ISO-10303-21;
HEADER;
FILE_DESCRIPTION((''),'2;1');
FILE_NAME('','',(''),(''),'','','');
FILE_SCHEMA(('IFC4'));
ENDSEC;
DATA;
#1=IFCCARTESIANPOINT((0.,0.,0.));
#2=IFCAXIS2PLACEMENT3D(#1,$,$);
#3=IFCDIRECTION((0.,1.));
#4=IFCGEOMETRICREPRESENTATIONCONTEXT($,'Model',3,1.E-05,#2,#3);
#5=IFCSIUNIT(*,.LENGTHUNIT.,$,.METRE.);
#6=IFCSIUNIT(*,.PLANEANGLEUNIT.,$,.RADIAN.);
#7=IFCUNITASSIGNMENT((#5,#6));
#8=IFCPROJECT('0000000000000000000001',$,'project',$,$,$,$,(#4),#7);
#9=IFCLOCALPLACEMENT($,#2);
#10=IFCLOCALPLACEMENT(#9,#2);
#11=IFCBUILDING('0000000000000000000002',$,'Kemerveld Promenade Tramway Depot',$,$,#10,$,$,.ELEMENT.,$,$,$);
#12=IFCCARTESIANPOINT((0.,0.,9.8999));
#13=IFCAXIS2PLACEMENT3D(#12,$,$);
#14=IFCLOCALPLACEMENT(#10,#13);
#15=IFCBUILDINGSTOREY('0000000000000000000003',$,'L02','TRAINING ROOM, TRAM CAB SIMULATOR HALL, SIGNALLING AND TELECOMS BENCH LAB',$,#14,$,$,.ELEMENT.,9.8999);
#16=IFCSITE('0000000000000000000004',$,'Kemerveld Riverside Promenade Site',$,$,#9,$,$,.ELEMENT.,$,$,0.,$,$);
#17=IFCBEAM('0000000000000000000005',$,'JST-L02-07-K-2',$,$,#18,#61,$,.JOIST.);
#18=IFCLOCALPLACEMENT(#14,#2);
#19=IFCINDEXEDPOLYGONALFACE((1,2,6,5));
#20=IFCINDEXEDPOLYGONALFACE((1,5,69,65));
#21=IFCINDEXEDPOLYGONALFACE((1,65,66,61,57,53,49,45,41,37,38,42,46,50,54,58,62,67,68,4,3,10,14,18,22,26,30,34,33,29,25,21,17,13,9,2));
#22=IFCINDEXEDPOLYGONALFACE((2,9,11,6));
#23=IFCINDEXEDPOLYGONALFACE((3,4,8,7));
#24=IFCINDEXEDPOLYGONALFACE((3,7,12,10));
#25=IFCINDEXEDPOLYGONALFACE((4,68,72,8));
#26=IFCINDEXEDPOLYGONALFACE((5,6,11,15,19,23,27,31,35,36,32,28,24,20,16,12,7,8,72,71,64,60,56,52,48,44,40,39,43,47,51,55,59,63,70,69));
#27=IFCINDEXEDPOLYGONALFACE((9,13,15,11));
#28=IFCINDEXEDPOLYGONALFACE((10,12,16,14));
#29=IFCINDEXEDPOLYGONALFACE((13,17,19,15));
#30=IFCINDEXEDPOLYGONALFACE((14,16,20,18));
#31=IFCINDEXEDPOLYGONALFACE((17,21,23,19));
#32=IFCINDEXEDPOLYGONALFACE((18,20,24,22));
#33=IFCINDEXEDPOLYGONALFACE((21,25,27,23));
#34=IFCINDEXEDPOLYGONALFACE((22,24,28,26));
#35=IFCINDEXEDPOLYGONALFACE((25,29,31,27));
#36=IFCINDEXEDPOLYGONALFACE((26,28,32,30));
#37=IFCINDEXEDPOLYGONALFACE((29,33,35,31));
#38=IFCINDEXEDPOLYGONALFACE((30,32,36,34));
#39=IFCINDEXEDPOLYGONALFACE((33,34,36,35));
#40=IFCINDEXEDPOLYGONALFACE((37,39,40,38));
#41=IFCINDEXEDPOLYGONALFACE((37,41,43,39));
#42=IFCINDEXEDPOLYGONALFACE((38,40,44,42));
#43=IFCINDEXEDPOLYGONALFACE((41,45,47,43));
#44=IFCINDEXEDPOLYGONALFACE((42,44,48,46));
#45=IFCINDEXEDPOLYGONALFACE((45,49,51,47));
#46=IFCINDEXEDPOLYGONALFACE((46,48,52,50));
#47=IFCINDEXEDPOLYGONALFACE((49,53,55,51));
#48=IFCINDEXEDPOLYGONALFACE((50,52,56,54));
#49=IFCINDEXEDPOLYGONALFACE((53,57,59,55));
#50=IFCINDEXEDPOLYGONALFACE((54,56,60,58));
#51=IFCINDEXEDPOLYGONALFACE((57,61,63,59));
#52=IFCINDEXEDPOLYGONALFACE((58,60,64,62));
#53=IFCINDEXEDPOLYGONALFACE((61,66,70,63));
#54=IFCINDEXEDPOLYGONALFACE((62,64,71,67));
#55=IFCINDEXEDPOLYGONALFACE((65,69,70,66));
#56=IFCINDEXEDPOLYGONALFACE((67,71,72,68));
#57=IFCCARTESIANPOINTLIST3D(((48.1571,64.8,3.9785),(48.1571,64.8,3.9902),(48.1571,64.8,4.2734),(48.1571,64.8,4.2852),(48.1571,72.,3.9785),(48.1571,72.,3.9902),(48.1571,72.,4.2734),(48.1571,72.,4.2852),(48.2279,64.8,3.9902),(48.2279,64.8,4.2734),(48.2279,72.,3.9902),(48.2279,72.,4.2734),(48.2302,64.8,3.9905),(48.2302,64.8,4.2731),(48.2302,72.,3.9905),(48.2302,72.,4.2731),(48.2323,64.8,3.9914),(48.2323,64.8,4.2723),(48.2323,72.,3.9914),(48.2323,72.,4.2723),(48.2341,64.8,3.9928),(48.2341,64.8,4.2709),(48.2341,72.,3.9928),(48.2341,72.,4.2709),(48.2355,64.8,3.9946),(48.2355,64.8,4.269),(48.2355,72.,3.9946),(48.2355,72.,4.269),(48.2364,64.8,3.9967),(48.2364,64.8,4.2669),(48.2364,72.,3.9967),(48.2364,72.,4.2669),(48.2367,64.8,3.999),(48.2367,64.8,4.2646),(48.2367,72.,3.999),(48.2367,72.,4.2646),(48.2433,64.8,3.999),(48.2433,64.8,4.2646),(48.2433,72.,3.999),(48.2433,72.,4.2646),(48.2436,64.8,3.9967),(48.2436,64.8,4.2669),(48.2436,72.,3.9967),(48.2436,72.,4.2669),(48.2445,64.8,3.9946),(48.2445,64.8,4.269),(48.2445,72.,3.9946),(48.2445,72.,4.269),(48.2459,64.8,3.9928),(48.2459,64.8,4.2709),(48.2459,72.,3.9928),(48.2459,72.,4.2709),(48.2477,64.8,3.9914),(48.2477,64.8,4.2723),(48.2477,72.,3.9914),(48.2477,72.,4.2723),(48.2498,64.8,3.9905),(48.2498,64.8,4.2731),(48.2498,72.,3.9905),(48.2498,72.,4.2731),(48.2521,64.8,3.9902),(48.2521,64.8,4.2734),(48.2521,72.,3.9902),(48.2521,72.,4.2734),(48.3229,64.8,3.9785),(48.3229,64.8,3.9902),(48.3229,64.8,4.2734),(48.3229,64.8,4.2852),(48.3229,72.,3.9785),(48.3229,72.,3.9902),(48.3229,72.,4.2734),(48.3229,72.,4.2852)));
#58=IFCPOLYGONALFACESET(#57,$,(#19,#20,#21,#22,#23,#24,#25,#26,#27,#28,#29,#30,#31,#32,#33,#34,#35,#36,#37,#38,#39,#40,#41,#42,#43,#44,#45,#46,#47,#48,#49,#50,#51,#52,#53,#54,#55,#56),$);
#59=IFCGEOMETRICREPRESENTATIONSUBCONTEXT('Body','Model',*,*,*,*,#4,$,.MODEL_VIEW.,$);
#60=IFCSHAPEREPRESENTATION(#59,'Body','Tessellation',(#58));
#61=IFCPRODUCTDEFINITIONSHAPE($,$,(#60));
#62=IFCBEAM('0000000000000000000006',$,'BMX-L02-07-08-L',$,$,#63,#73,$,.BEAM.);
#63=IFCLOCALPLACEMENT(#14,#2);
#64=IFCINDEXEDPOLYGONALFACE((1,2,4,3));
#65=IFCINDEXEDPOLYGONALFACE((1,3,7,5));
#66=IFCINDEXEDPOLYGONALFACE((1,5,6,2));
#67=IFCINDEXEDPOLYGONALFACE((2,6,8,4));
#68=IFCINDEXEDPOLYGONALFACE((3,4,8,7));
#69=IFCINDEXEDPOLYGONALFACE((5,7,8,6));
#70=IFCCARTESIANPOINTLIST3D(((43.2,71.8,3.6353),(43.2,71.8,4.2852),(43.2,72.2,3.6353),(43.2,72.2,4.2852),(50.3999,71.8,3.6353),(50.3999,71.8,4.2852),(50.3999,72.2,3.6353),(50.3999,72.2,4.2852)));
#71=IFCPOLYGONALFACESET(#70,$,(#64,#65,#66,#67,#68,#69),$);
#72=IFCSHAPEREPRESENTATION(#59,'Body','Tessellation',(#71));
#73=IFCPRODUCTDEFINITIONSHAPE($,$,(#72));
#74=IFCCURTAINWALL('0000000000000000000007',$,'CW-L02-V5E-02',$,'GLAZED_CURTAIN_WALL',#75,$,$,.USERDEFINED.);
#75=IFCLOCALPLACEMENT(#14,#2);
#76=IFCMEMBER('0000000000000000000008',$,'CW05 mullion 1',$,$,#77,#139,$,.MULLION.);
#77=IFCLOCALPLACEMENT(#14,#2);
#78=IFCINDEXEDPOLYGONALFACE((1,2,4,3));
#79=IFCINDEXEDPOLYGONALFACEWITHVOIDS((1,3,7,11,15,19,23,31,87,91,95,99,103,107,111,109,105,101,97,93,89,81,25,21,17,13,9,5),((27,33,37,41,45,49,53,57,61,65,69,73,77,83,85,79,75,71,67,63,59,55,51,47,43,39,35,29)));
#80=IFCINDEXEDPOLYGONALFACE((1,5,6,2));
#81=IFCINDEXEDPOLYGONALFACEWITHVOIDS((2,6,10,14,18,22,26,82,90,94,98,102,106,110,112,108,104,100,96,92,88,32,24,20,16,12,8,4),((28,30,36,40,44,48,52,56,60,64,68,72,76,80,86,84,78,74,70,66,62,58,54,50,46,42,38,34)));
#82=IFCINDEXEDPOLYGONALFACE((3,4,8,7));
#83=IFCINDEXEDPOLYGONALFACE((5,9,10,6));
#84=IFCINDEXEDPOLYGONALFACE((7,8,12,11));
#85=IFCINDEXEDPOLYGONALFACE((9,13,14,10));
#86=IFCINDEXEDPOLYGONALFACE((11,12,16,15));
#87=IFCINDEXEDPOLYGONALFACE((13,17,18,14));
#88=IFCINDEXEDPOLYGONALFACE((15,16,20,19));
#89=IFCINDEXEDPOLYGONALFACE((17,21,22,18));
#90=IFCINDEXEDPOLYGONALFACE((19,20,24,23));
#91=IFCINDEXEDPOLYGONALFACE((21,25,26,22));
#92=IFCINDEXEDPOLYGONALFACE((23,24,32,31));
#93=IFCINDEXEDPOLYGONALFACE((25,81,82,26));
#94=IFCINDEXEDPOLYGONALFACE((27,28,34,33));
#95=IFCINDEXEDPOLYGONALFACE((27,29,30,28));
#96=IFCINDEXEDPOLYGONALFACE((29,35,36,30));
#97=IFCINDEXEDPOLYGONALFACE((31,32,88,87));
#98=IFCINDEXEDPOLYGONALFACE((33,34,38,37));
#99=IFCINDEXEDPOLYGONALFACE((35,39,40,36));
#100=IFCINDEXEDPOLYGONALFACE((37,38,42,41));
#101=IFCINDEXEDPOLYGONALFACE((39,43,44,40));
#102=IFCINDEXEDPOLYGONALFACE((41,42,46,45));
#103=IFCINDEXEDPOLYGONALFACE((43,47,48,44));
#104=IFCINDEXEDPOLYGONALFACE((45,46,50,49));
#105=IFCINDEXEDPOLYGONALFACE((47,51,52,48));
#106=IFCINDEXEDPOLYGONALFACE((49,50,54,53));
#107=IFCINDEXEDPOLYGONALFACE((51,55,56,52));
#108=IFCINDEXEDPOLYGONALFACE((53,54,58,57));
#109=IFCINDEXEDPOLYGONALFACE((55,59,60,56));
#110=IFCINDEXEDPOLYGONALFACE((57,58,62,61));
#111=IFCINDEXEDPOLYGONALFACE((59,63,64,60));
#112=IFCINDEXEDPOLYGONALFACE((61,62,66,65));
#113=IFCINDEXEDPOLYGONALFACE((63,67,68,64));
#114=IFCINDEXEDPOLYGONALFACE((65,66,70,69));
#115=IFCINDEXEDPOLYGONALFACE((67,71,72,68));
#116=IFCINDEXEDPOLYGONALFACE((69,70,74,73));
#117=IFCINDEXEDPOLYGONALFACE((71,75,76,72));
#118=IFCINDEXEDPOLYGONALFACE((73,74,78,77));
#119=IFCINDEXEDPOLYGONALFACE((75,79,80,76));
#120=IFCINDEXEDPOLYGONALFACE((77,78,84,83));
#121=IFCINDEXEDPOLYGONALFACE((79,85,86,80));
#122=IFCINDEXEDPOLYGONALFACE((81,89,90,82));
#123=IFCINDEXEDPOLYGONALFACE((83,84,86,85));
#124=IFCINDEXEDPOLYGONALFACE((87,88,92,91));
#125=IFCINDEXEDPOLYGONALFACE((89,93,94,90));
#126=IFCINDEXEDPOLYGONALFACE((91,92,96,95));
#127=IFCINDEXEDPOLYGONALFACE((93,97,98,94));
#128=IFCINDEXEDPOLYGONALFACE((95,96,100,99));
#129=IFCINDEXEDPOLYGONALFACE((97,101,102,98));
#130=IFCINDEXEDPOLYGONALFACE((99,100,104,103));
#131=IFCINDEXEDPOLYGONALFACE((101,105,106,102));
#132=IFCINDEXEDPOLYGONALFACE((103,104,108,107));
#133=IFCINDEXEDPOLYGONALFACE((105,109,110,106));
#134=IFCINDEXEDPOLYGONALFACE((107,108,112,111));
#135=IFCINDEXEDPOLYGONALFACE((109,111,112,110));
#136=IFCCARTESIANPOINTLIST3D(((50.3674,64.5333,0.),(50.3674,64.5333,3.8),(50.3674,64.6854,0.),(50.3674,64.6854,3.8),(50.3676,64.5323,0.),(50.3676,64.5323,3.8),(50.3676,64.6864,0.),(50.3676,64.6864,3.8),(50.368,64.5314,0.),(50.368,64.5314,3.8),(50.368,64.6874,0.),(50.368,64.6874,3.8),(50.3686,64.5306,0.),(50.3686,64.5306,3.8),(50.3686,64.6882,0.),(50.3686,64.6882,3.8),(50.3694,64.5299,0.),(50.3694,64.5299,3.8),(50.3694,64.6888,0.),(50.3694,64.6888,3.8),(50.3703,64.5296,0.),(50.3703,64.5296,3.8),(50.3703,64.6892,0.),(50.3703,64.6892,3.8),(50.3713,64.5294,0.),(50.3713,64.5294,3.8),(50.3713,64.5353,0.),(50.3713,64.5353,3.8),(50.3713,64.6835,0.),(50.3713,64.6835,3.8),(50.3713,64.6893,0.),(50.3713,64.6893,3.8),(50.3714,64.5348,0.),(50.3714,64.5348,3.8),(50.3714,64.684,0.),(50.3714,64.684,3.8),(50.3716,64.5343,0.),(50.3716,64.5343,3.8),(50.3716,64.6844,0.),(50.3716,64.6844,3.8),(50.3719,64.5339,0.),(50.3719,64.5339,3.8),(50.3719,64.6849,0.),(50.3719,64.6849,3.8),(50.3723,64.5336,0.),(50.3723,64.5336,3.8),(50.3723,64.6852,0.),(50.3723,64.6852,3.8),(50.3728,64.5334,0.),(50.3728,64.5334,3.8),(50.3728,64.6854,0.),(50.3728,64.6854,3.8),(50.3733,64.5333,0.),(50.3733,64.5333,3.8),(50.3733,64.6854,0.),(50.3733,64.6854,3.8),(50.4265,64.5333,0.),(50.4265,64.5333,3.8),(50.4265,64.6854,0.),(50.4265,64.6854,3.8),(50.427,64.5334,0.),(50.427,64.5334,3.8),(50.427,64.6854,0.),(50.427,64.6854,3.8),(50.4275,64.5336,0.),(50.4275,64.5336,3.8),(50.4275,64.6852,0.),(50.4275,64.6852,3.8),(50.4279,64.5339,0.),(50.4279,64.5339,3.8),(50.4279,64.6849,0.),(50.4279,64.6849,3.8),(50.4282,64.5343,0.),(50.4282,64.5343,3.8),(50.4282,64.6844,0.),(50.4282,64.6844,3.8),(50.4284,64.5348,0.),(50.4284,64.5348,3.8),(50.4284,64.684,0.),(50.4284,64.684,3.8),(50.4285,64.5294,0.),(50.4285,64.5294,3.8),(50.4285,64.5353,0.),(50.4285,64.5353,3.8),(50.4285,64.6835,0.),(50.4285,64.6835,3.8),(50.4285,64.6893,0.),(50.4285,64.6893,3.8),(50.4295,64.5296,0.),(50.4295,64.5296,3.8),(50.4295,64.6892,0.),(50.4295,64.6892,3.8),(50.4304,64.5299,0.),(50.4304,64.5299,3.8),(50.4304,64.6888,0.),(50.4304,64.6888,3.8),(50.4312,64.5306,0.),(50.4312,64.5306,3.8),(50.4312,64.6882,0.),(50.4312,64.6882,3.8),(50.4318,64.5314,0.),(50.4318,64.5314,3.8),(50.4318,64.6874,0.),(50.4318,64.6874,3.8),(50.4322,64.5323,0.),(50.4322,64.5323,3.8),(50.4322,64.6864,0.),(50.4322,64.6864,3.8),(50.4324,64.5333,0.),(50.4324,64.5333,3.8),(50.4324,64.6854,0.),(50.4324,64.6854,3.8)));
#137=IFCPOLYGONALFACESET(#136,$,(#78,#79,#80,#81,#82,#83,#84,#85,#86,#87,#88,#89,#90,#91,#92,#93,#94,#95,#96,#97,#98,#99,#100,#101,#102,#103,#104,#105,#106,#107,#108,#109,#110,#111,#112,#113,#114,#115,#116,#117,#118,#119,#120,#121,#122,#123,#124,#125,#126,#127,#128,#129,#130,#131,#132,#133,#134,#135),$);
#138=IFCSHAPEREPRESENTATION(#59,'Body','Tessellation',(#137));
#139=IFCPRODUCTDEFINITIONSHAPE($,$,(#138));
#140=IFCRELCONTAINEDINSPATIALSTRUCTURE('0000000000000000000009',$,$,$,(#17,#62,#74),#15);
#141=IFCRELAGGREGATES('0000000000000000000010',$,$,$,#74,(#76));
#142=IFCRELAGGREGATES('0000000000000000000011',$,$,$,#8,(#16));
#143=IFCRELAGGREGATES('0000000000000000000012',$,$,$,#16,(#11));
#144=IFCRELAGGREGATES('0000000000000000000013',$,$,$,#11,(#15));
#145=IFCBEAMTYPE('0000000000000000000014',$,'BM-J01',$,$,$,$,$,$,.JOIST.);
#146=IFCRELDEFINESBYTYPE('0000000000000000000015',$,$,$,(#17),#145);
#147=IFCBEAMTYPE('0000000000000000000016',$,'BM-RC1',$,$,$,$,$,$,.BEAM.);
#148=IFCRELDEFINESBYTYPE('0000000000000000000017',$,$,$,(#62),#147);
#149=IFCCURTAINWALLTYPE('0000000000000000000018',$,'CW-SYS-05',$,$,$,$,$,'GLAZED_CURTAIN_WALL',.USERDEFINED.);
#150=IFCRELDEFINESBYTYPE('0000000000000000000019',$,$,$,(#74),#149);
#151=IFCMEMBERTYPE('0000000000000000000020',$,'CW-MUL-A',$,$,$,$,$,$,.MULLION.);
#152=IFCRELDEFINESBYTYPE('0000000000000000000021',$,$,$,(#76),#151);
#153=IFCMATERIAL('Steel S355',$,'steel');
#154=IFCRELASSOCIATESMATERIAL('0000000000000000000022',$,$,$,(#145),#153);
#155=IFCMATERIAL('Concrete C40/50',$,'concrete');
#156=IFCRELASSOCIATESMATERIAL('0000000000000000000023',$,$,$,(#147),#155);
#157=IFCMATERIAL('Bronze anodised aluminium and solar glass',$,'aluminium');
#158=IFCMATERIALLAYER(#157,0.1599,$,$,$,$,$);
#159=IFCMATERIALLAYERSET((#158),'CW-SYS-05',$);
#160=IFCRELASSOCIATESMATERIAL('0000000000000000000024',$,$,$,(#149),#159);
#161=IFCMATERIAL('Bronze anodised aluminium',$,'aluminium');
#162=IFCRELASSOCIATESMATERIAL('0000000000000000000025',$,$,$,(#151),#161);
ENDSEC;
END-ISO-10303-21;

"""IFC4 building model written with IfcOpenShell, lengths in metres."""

from ifc_helpers import new_model, si_unit, direction, frame, origin, origin_2d, place, context, subcontext, project, spatial, rectangle, hollow_rectangle, i_section, extrude, material, layer, layer_set, material_profile, profile_set, type_object, element, aggregate, save


model = new_model("IFC4")

# Units and contexts
model_context = context("Model", 3, precision=1e-05, world=origin(), true_north=direction((0.0, 1.0)))
body_context = subcontext(model_context, "Body", "Model", "MODEL_VIEW")
ifc_project = project(units=[si_unit("LENGTHUNIT", "METRE"), si_unit("PLANEANGLEUNIT", "RADIAN")], contexts=[model_context])

# Site, building, storey
site_placement = place(None, origin())
site = spatial("IfcSite", under=ifc_project, at=site_placement, Name="Kemerveld Riverside Promenade Site", CompositionType="ELEMENT", RefElevation=0.0)
building_placement = place(site_placement, origin())
building = spatial("IfcBuilding", under=site, at=building_placement, Name="Kemerveld Promenade Tramway Depot", CompositionType="ELEMENT")
storey_placement = place(building_placement, frame((0.0, 0.0, 9.8999)))
storey = spatial("IfcBuildingStorey", under=building, at=storey_placement, Name="L02", Description="TRAINING ROOM, TRAM CAB SIMULATOR HALL, SIGNALLING AND TELECOMS BENCH LAB", CompositionType="ELEMENT", Elevation=9.8999)

# Shared definitions
ifc_material_1 = material(Name="Steel S355", Category="steel")

# Beams
ifc_material_profile_1 = material_profile(ifc_material_1, i_section(OverallWidth=0.1658, OverallDepth=0.3066, WebThickness=0.0066, FlangeThickness=0.0117, FilletRadius=0.0088, at=origin_2d()), Name="305x165x46 UB")
ifc_profile_set_1 = profile_set([ifc_material_profile_1], Name="Steel S355")
beam_type_1 = type_object("IfcBeamType", Name="BM-J01", PredefinedType="JOIST", material=ifc_profile_set_1)
for number, where, z_axis, x_axis, name in (
    (1, (48.24, 64.8, 4.1318), (0.0, 1.0, 0.0), (-1.0, 0.0, 0.0), "JST-L02-07-K-2"),
):
    element("IfcBeam", number, at=place(storey_placement, frame(where, z_axis=z_axis, x_axis=x_axis)), inside=storey, type_object=beam_type_1, Name=name, PredefinedType="JOIST", context=body_context, shape_type="SweptSolid", body=[
        extrude(i_section(OverallWidth=0.1658, OverallDepth=0.3066, WebThickness=0.0066, FlangeThickness=0.0117, FilletRadius=0.0088, at=origin_2d()), origin(), (0.0, 0.0, 1.0), 7.2),
    ])
ifc_material_2 = material(Name="Concrete C40/50", Category="concrete")
ifc_material_profile_2 = material_profile(ifc_material_2, rectangle(XDim=0.3999, YDim=0.6499, at=origin_2d()), Name="RC-BM-400x650")
ifc_profile_set_2 = profile_set([ifc_material_profile_2], Name="Concrete C40/50")
beam_type_2 = type_object("IfcBeamType", Name="BM-RC1", PredefinedType="BEAM", material=ifc_profile_set_2)
beam_1_placement = place(storey_placement, frame((43.2, 72.0, 3.9602), z_axis=(1.0, 0.0, 0.0), x_axis=(0.0, 1.0, 0.0)))
element("IfcBeam", 2, at=beam_1_placement, inside=storey, type_object=beam_type_2, Name="BMX-L02-07-08-L", PredefinedType="BEAM", context=body_context, shape_type="SweptSolid", body=[
    extrude(rectangle(XDim=0.3999, YDim=0.6499, at=origin_2d()), origin(), (0.0, 0.0, 1.0), 7.2),
])

# Curtain wall, member
ifc_material_3 = material(Name="Bronze anodised aluminium and solar glass", Category="aluminium")
ifc_layer_1 = layer(ifc_material_3, 0.1599)
ifc_layer_set_1 = layer_set([ifc_layer_1], Name="CW-SYS-05")
curtain_wall_type = type_object("IfcCurtainWallType", Name="CW-SYS-05", ElementType="GLAZED_CURTAIN_WALL", PredefinedType="USERDEFINED", material=ifc_layer_set_1)
curtain_wall_placement = place(storey_placement, origin())
curtain_wall = element("IfcCurtainWall", 3, at=curtain_wall_placement, inside=storey, type_object=curtain_wall_type, Name="CW-L02-V5E-02", ObjectType="GLAZED_CURTAIN_WALL", PredefinedType="USERDEFINED")
ifc_material_4 = material(Name="Bronze anodised aluminium", Category="aluminium")
ifc_material_profile_3 = material_profile(ifc_material_4, hollow_rectangle(XDim=0.0649, YDim=0.1599, WallThickness=0.0039, InnerFilletRadius=0.002, OuterFilletRadius=0.0039, at=origin_2d()), Name="CW-MUL-160x65")
ifc_profile_set_3 = profile_set([ifc_material_profile_3], Name="Bronze anodised aluminium")
member_type_1 = type_object("IfcMemberType", Name="CW-MUL-A", PredefinedType="MULLION", material=ifc_profile_set_3)
member_1_placement = place(storey_placement, frame((50.3999, 64.6094, 0.0), z_axis=(0.0, 0.0, 1.0), x_axis=(1.0, 0.0, 0.0)))
member_1 = element("IfcMember", 4, at=member_1_placement, type_object=member_type_1, Name="CW05 mullion 1", PredefinedType="MULLION", context=body_context, shape_type="SweptSolid", body=[
    extrude(hollow_rectangle(XDim=0.0649, YDim=0.1599, WallThickness=0.0039, InnerFilletRadius=0.002, OuterFilletRadius=0.0039, at=origin_2d()), origin(), (0.0, 0.0, 1.0), 3.8),
])
aggregate(curtain_wall, [member_1])

save(model, "model.ifc")
